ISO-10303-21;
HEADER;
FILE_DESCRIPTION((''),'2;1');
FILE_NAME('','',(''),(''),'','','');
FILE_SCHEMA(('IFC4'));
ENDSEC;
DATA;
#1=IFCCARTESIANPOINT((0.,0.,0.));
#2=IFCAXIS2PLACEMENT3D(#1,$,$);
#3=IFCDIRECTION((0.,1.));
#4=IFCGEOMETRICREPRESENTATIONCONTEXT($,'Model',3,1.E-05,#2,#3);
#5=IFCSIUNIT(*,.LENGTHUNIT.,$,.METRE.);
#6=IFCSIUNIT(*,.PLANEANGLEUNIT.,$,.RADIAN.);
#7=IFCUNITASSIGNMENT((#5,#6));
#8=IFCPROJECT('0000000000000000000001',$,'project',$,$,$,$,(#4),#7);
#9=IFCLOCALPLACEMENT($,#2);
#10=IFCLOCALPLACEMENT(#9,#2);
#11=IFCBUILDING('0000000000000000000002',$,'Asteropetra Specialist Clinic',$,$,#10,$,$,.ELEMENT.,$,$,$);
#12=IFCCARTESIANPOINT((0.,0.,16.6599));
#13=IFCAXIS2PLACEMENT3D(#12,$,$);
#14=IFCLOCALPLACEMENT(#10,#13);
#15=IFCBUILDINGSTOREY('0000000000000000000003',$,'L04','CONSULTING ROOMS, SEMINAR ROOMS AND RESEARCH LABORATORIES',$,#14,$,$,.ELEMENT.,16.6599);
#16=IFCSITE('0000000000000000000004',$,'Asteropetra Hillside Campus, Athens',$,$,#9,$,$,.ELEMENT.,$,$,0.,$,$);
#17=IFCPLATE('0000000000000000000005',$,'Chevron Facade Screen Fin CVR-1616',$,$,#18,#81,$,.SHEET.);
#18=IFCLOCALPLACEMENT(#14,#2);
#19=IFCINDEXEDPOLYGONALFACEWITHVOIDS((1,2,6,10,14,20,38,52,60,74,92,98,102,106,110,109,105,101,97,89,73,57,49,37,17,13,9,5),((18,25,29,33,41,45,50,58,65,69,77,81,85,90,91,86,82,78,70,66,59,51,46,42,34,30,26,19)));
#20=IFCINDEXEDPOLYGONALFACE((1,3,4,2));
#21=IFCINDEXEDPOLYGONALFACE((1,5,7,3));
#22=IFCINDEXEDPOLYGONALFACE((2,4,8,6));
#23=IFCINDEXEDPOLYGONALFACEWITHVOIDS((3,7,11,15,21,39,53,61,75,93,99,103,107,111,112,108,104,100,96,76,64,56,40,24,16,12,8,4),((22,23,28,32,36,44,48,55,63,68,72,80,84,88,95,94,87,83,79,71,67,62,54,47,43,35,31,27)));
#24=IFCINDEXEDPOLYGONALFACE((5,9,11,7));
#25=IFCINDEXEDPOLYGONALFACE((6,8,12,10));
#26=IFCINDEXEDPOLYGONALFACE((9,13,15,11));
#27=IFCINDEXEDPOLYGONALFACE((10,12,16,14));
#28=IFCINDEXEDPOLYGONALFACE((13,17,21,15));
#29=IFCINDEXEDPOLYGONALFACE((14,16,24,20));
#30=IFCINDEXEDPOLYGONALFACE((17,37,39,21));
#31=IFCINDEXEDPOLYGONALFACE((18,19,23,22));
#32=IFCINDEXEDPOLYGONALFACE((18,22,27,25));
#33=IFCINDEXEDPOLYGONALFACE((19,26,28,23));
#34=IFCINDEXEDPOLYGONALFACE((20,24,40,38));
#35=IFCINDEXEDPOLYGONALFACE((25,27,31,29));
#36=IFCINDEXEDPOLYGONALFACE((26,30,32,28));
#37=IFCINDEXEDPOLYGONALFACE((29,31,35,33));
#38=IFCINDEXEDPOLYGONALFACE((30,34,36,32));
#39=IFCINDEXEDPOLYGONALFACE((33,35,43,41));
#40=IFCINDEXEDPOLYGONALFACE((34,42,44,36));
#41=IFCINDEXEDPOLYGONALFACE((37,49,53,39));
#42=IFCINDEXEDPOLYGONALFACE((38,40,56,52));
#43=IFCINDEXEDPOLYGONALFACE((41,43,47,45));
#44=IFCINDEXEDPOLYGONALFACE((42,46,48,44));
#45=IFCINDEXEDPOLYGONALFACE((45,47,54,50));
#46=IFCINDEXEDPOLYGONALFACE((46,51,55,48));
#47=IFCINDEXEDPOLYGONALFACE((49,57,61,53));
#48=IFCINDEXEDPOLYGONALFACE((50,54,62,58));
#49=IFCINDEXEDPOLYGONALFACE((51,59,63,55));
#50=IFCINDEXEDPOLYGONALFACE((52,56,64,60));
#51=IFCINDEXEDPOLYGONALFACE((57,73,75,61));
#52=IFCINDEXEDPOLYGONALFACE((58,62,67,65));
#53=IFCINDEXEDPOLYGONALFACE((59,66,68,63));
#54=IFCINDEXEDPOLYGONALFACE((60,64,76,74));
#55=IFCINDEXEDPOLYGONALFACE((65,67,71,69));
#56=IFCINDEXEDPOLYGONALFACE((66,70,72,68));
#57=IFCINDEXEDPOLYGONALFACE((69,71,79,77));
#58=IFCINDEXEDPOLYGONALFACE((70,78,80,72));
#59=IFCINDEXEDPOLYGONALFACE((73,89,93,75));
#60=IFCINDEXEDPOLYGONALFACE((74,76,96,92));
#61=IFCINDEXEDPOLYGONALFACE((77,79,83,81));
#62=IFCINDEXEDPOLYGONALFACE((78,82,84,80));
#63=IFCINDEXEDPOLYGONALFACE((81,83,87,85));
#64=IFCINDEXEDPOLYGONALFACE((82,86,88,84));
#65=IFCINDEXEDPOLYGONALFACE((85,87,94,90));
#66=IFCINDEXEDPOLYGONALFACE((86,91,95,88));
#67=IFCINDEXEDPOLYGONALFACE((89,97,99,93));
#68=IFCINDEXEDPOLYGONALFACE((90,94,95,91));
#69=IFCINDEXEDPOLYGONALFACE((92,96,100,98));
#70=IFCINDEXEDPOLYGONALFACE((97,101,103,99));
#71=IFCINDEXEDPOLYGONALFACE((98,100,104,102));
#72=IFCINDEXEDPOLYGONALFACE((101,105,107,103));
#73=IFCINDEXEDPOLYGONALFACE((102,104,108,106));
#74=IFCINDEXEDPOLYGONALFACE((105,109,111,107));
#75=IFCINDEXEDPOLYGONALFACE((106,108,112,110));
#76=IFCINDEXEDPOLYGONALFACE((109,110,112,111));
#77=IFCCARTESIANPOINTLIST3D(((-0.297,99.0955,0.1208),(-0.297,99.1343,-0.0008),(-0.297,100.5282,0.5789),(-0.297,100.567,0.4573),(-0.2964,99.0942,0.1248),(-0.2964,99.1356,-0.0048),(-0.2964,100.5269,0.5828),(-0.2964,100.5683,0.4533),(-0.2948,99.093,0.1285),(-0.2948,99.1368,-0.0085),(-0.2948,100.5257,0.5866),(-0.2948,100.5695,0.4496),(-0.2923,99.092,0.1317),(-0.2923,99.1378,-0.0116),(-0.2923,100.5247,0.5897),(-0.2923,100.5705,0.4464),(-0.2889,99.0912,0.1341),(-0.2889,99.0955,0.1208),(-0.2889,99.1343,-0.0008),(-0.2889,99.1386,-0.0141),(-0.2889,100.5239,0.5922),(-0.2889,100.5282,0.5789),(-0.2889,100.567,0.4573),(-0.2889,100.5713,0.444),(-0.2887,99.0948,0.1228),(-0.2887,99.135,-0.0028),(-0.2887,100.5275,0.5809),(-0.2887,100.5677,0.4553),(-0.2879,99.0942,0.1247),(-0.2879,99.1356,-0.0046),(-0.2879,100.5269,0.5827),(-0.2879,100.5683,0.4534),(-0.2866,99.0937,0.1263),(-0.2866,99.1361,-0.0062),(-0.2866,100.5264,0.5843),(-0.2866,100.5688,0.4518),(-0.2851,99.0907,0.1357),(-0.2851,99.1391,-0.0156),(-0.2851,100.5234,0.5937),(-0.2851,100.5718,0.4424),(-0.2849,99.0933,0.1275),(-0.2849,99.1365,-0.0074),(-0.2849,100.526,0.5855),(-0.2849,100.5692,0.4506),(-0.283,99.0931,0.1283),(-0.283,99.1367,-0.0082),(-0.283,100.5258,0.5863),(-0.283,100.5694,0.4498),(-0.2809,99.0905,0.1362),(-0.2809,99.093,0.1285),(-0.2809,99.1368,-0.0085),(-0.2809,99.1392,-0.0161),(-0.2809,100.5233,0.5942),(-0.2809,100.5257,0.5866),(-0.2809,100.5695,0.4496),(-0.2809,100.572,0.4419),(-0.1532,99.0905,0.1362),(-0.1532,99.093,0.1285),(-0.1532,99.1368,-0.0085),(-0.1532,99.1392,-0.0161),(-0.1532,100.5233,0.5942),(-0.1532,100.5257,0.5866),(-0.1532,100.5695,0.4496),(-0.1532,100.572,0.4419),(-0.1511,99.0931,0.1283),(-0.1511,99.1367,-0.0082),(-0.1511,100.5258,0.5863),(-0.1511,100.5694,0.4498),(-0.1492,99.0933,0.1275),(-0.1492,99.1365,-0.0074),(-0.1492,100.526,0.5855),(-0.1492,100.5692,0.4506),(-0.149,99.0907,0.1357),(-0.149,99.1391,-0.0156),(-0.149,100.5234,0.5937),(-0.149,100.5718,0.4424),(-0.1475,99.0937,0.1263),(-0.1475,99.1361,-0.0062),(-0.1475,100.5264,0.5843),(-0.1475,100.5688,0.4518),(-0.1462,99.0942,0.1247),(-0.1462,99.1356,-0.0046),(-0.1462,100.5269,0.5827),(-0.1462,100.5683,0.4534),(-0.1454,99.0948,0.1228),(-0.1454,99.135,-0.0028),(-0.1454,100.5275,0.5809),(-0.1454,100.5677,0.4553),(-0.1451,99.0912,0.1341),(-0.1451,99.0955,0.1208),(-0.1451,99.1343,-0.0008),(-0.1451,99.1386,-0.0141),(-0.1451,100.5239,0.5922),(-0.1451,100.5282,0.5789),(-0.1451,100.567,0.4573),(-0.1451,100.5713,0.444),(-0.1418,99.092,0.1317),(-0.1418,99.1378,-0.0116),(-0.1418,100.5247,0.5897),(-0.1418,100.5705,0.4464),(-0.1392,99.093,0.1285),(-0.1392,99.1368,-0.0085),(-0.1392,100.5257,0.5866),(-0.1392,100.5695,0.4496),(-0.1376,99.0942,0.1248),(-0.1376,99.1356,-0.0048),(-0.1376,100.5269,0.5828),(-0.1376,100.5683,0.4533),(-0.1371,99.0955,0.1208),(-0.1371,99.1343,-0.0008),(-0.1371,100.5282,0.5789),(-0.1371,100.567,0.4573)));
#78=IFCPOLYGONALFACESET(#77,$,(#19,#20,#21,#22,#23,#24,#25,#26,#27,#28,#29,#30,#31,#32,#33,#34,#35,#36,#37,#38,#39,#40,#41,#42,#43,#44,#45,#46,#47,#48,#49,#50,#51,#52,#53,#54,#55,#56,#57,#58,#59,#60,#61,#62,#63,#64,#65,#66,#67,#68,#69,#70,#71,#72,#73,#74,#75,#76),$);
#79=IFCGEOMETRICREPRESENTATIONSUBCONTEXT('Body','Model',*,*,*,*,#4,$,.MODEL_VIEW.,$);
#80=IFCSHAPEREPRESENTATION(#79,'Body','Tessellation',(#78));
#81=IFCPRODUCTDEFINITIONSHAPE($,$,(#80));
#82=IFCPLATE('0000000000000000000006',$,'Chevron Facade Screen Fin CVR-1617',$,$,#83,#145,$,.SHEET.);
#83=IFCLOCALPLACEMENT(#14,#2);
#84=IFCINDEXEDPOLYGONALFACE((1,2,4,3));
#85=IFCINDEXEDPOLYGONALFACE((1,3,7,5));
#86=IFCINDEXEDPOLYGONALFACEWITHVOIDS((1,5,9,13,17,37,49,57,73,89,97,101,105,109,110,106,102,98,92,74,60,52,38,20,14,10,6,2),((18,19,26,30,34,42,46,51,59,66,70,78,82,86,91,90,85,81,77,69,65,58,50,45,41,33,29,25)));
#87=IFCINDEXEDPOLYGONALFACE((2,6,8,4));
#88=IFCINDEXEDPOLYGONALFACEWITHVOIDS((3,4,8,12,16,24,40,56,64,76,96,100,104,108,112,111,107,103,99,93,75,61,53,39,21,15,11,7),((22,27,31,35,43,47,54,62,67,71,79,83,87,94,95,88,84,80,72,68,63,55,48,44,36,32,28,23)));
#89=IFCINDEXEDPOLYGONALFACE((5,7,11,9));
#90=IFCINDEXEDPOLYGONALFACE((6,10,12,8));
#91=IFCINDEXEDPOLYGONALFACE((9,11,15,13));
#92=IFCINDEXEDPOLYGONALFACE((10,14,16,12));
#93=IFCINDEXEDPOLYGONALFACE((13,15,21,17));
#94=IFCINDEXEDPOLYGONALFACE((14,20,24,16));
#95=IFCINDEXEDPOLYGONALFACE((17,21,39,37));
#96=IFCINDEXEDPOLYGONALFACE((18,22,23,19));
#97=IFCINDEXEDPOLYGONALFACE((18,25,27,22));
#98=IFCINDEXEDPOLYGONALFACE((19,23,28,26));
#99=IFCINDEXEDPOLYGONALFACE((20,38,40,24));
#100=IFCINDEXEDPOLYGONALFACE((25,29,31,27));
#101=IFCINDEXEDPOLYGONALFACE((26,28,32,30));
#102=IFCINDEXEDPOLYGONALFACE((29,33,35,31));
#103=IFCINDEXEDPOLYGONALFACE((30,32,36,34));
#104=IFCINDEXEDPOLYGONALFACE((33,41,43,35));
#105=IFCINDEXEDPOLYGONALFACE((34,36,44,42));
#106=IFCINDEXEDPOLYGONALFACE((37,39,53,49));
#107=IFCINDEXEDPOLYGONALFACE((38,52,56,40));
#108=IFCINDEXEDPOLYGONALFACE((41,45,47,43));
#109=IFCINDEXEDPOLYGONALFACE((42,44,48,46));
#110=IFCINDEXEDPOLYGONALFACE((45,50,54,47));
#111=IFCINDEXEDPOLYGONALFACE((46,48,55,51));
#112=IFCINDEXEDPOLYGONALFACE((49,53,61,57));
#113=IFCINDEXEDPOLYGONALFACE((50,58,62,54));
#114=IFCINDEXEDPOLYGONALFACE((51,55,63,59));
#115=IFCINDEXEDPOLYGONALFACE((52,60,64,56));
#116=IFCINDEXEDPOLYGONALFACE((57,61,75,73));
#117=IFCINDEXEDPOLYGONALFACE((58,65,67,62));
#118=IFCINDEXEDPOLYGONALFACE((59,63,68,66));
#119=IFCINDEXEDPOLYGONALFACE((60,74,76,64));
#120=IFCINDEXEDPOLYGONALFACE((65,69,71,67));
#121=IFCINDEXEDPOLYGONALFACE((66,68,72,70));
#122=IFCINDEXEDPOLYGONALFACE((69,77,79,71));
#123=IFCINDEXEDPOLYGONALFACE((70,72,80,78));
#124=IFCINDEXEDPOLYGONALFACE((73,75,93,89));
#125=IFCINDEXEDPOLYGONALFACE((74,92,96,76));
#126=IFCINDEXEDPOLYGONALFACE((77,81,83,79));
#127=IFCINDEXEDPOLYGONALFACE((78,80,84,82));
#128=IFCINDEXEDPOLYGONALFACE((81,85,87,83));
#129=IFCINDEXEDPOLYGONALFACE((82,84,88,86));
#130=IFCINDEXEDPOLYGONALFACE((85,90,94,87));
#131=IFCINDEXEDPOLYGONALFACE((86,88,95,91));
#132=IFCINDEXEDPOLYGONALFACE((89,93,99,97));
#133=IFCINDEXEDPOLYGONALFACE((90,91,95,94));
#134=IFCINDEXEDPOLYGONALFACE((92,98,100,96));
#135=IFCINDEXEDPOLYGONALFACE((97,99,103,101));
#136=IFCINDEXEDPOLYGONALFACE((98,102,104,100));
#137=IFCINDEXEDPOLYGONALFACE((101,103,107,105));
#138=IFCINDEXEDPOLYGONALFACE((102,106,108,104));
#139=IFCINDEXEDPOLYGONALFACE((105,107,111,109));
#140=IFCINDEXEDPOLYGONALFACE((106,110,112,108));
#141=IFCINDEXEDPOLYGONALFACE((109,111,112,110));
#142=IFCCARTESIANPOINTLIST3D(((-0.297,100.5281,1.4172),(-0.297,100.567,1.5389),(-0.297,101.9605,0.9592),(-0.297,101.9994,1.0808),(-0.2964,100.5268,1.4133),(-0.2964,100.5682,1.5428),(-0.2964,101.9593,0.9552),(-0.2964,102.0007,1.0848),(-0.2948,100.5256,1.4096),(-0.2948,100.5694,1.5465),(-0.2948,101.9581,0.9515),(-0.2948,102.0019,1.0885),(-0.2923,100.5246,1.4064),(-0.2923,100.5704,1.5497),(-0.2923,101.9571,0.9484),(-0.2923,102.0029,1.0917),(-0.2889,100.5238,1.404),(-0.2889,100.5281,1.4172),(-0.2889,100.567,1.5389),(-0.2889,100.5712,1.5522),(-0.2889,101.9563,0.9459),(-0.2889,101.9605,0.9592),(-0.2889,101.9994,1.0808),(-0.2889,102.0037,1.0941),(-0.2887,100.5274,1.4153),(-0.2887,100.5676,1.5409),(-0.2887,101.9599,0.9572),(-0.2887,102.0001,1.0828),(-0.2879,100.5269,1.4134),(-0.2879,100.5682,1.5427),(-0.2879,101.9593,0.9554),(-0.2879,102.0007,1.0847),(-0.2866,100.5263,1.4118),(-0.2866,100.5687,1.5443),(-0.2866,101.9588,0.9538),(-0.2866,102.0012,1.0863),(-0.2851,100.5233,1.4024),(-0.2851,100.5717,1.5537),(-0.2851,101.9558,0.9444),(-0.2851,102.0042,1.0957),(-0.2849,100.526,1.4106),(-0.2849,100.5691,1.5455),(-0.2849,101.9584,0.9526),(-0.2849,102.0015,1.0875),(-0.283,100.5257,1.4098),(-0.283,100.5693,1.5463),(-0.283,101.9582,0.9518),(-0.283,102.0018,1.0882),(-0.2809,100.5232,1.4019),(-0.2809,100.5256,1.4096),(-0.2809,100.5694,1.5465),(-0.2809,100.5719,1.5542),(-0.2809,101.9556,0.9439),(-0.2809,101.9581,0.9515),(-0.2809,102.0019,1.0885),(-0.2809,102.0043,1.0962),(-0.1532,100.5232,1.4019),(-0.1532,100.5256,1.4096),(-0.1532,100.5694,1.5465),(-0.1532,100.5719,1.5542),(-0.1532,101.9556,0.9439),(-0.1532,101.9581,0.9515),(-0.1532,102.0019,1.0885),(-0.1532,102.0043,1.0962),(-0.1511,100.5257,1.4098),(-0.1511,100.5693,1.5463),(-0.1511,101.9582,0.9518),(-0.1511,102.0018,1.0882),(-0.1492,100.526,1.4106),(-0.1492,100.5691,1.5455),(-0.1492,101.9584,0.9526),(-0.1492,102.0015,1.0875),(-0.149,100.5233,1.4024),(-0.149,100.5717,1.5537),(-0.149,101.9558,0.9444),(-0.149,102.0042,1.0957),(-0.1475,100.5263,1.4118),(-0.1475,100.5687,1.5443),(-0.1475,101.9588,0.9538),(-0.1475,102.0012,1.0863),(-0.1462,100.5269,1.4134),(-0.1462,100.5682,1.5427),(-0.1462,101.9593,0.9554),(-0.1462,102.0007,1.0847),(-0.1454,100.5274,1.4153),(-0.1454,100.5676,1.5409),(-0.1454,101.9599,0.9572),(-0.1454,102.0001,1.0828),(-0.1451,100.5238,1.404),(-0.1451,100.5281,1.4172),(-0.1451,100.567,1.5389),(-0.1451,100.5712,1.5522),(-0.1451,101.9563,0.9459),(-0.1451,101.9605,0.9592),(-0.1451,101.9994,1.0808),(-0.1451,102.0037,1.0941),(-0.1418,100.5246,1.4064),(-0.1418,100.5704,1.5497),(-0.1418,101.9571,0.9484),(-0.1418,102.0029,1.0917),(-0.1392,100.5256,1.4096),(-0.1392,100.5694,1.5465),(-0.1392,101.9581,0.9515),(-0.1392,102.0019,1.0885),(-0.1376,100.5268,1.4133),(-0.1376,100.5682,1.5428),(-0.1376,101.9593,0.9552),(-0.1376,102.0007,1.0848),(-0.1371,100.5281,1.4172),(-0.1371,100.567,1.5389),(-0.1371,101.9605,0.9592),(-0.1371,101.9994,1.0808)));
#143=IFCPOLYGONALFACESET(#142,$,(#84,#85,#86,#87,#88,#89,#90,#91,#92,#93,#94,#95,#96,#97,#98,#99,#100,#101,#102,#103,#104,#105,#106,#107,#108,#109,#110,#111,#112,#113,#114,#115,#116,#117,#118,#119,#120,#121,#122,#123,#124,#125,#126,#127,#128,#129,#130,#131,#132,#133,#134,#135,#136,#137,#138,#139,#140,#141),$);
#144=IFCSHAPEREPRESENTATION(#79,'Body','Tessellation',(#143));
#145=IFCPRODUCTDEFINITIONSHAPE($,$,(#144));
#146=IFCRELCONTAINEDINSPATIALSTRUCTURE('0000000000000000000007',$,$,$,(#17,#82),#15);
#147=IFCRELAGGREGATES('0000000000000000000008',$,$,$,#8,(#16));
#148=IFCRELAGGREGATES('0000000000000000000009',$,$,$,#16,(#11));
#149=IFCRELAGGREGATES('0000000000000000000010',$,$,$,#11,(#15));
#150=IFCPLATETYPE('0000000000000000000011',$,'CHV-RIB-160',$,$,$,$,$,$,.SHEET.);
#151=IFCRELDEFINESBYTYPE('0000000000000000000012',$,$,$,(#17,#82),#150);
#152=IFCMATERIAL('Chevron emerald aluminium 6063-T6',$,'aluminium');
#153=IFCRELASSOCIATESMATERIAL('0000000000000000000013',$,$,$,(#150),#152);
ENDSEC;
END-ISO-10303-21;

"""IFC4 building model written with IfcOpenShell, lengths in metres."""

from ifc_helpers import new_model, si_unit, direction, frame, origin, origin_2d, place, context, subcontext, project, spatial, hollow_rectangle, extrude, material, material_profile, profile_set, type_object, element, save


model = new_model("IFC4")

# Units and contexts
model_context = context("Model", 3, precision=1e-05, world=origin(), true_north=direction((0.0, 1.0)))
body_context = subcontext(model_context, "Body", "Model", "MODEL_VIEW")
ifc_project = project(units=[si_unit("LENGTHUNIT", "METRE"), si_unit("PLANEANGLEUNIT", "RADIAN")], contexts=[model_context])

# Site, building, storey
site_placement = place(None, origin())
site = spatial("IfcSite", under=ifc_project, at=site_placement, Name="Asteropetra Hillside Campus, Athens", CompositionType="ELEMENT", RefElevation=0.0)
building_placement = place(site_placement, origin())
building = spatial("IfcBuilding", under=site, at=building_placement, Name="Asteropetra Specialist Clinic", CompositionType="ELEMENT")
storey_placement = place(building_placement, frame((0.0, 0.0, 16.6599)))
storey = spatial("IfcBuildingStorey", under=building, at=storey_placement, Name="L04", Description="CONSULTING ROOMS, SEMINAR ROOMS AND RESEARCH LABORATORIES", CompositionType="ELEMENT", Elevation=16.6599)

# Plates
ifc_material_1 = material(Name="Chevron emerald aluminium 6063-T6", Category="aluminium")
ifc_material_profile = material_profile(ifc_material_1, hollow_rectangle(XDim=0.1599, YDim=0.1599, WallThickness=0.0081, InnerFilletRadius=0.0081, OuterFilletRadius=0.0161, at=origin_2d()), Name="SHS 160x160x8.0")
ifc_profile_set = profile_set([ifc_material_profile], Name="Chevron emerald aluminium 6063-T6")
plate_type_1 = type_object("IfcPlateType", Name="CHV-RIB-160", PredefinedType="SHEET", material=ifc_profile_set)
plate_1_placement = place(storey_placement, frame((-0.217, 100.5476, 0.5181), z_axis=(0.0, -0.952507, -0.304517), x_axis=(1.0, 0.0, 0.0)))
element("IfcPlate", 1, at=plate_1_placement, inside=storey, type_object=plate_type_1, Name="Chevron Facade Screen Fin CVR-1616", PredefinedType="SHEET", context=body_context, shape_type="SweptSolid", body=[
    extrude(hollow_rectangle(XDim=0.1599, YDim=0.1599, WallThickness=0.0081, InnerFilletRadius=0.0081, OuterFilletRadius=0.0161, at=origin_2d()), origin(), (0.0, 0.0, 1.0), 1.5042),
])
plate_2_placement = place(storey_placement, frame((-0.217, 101.98, 1.02), z_axis=(0.0, -0.952492, 0.304564), x_axis=(1.0, 0.0, 0.0)))
element("IfcPlate", 2, at=plate_2_placement, inside=storey, type_object=plate_type_1, Name="Chevron Facade Screen Fin CVR-1617", PredefinedType="SHEET", context=body_context, shape_type="SweptSolid", body=[
    extrude(hollow_rectangle(XDim=0.1599, YDim=0.1599, WallThickness=0.0081, InnerFilletRadius=0.0081, OuterFilletRadius=0.0161, at=origin_2d()), origin(), (0.0, 0.0, 1.0), 1.5039),
])

save(model, "model.ifc")
